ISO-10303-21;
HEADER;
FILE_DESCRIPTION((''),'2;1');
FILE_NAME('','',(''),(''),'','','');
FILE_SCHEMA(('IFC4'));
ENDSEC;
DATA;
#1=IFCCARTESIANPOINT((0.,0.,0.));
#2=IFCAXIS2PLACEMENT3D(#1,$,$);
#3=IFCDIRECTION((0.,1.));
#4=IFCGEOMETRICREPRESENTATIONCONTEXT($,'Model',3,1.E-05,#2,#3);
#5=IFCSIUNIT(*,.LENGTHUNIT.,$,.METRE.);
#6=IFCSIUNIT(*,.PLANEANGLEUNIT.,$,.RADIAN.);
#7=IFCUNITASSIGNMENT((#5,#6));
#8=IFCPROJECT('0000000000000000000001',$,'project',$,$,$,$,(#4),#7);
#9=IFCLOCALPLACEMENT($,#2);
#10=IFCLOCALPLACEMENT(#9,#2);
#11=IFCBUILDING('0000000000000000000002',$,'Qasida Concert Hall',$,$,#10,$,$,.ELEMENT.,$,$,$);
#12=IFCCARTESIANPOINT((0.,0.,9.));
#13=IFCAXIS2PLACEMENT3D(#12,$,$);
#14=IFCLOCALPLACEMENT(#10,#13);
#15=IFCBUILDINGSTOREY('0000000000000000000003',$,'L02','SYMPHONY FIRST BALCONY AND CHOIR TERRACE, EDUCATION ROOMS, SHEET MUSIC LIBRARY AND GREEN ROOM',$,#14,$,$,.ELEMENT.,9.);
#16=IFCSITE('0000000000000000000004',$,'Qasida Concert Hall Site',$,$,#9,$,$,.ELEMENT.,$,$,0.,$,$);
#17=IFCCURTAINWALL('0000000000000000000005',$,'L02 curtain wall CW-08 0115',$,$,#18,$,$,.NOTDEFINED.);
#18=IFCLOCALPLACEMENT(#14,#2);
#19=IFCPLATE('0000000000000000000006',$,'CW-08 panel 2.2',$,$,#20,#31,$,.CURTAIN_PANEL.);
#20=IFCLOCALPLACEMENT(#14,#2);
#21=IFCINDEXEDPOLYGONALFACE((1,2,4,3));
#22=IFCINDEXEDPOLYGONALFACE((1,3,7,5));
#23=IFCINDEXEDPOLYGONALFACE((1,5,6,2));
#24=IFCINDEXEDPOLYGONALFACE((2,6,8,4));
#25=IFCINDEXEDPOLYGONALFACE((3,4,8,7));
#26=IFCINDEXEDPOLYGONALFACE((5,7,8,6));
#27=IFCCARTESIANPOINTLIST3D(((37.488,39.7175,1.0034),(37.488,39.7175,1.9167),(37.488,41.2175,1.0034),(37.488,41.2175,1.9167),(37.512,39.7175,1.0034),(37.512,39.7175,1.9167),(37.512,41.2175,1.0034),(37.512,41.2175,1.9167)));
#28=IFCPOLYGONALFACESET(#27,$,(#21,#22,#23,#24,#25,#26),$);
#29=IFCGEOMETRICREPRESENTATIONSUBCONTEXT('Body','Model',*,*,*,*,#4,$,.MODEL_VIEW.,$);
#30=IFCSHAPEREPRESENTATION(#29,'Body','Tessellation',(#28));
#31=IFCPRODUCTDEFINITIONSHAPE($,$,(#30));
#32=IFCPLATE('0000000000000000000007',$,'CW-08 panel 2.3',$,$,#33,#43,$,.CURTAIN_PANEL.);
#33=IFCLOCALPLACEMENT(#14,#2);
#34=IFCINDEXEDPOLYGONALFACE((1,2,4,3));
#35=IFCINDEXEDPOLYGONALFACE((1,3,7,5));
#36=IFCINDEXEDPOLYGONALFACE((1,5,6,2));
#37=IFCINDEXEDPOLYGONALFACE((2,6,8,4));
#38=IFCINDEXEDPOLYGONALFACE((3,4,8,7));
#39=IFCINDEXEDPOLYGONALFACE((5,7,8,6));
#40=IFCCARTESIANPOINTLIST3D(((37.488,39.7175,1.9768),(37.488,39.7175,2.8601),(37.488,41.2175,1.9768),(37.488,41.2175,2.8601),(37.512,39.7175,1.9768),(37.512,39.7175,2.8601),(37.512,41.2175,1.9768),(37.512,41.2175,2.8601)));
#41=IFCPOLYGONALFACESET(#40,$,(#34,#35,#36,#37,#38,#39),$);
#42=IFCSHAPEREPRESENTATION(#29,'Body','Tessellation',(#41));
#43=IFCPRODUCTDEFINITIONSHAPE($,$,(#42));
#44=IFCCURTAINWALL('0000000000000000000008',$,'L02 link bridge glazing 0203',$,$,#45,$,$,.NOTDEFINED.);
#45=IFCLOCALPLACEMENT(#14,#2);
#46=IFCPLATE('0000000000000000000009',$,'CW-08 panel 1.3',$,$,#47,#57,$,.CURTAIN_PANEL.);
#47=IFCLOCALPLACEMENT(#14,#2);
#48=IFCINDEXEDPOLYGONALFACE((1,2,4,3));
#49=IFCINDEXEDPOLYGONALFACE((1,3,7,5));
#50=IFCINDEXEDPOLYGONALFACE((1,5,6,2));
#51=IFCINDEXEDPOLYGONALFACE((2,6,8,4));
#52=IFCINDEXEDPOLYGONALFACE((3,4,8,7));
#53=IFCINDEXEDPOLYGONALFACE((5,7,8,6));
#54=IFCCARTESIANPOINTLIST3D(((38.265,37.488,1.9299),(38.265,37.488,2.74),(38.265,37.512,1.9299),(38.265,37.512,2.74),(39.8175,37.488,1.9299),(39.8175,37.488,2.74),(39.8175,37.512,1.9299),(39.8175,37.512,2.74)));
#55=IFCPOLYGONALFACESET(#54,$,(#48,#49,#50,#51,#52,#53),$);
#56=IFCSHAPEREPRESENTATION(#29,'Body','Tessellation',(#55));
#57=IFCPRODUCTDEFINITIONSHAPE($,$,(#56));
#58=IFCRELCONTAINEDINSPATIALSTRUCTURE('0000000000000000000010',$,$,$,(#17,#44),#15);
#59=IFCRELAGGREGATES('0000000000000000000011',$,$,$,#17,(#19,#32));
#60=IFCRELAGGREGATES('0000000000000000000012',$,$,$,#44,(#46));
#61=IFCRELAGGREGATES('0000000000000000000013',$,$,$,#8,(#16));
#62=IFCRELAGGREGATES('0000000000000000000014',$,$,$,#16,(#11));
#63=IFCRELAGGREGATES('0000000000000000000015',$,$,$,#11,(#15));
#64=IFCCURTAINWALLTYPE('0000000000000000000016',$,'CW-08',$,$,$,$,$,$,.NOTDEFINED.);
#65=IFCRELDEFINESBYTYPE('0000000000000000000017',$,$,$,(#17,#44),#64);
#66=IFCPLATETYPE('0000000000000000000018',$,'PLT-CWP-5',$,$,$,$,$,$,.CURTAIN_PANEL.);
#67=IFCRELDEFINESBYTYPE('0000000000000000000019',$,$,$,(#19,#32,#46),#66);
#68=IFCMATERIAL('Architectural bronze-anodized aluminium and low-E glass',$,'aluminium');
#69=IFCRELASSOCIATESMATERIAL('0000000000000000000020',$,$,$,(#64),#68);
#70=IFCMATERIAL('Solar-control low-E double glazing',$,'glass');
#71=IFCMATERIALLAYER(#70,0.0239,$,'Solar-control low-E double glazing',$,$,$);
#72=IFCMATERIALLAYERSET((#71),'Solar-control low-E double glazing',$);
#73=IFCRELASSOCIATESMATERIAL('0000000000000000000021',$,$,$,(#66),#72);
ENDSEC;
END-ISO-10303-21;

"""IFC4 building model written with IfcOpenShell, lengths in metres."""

from ifc_helpers import new_model, si_unit, direction, frame, origin, origin_2d, place, context, subcontext, project, spatial, rectangle, extrude, material, layer, layer_set, type_object, element, aggregate, save


model = new_model("IFC4")

# Units and contexts
model_context = context("Model", 3, precision=1e-05, world=origin(), true_north=direction((0.0, 1.0)))
body_context = subcontext(model_context, "Body", "Model", "MODEL_VIEW")
ifc_project = project(units=[si_unit("LENGTHUNIT", "METRE"), si_unit("PLANEANGLEUNIT", "RADIAN")], contexts=[model_context])

# Site, building, storey
site_placement = place(None, origin())
site = spatial("IfcSite", under=ifc_project, at=site_placement, Name="Qasida Concert Hall Site", CompositionType="ELEMENT", RefElevation=0.0)
building_placement = place(site_placement, origin())
building = spatial("IfcBuilding", under=site, at=building_placement, Name="Qasida Concert Hall", CompositionType="ELEMENT")
storey_placement = place(building_placement, frame((0.0, 0.0, 9.0)))
storey = spatial("IfcBuildingStorey", under=building, at=storey_placement, Name="L02", Description="SYMPHONY FIRST BALCONY AND CHOIR TERRACE, EDUCATION ROOMS, SHEET MUSIC LIBRARY AND GREEN ROOM", CompositionType="ELEMENT", Elevation=9.0)

# Curtain wall, plates
ifc_material_1 = material(Name="Architectural bronze-anodized aluminium and low-E glass", Category="aluminium")
curtain_wall_type = type_object("IfcCurtainWallType", Name="CW-08", PredefinedType="NOTDEFINED", material=ifc_material_1)
curtain_wall_1_placement = place(storey_placement, origin())
curtain_wall_1 = element("IfcCurtainWall", 1, at=curtain_wall_1_placement, inside=storey, type_object=curtain_wall_type, Name="L02 curtain wall CW-08 0115", PredefinedType="NOTDEFINED")
ifc_material_2 = material(Name="Solar-control low-E double glazing", Category="glass")
ifc_layer = layer(ifc_material_2, 0.0239, Name="Solar-control low-E double glazing")
ifc_layer_set = layer_set([ifc_layer], Name="Solar-control low-E double glazing")
plate_type = type_object("IfcPlateType", Name="PLT-CWP-5", PredefinedType="CURTAIN_PANEL", material=ifc_layer_set)
plate_1_placement = place(storey_placement, frame((37.5, 40.4675, 1.0034), z_axis=(0.0, 0.0, 1.0), x_axis=(0.0, 1.0, 0.0)))
plate_1 = element("IfcPlate", 2, at=plate_1_placement, type_object=plate_type, Name="CW-08 panel 2.2", PredefinedType="CURTAIN_PANEL", context=body_context, shape_type="SweptSolid", body=[
    extrude(rectangle(XDim=1.5, YDim=0.0239, at=origin_2d()), origin(), (0.0, 0.0, 1.0), 0.9133),
])
plate_2_placement = place(storey_placement, frame((37.5, 40.4675, 1.9768), z_axis=(0.0, 0.0, 1.0), x_axis=(0.0, 1.0, 0.0)))
plate_2 = element("IfcPlate", 3, at=plate_2_placement, type_object=plate_type, Name="CW-08 panel 2.3", PredefinedType="CURTAIN_PANEL", context=body_context, shape_type="SweptSolid", body=[
    extrude(rectangle(XDim=1.5, YDim=0.0239, at=origin_2d()), origin(), (0.0, 0.0, 1.0), 0.8833),
])
aggregate(curtain_wall_1, [plate_1, plate_2])

# Curtain wall, plate
curtain_wall_2_placement = place(storey_placement, origin())
curtain_wall_2 = element("IfcCurtainWall", 4, at=curtain_wall_2_placement, inside=storey, type_object=curtain_wall_type, Name="L02 link bridge glazing 0203", PredefinedType="NOTDEFINED")
plate_3_placement = place(storey_placement, frame((39.0413, 37.5, 1.9299), z_axis=(0.0, 0.0, 1.0), x_axis=(1.0, 0.0, 0.0)))
plate_3 = element("IfcPlate", 5, at=plate_3_placement, type_object=plate_type, Name="CW-08 panel 1.3", PredefinedType="CURTAIN_PANEL", context=body_context, shape_type="SweptSolid", body=[
    extrude(rectangle(XDim=1.5525, YDim=0.0239, at=origin_2d()), origin(), (0.0, 0.0, 1.0), 0.8101),
])
aggregate(curtain_wall_2, [plate_3])

save(model, "model.ifc")
